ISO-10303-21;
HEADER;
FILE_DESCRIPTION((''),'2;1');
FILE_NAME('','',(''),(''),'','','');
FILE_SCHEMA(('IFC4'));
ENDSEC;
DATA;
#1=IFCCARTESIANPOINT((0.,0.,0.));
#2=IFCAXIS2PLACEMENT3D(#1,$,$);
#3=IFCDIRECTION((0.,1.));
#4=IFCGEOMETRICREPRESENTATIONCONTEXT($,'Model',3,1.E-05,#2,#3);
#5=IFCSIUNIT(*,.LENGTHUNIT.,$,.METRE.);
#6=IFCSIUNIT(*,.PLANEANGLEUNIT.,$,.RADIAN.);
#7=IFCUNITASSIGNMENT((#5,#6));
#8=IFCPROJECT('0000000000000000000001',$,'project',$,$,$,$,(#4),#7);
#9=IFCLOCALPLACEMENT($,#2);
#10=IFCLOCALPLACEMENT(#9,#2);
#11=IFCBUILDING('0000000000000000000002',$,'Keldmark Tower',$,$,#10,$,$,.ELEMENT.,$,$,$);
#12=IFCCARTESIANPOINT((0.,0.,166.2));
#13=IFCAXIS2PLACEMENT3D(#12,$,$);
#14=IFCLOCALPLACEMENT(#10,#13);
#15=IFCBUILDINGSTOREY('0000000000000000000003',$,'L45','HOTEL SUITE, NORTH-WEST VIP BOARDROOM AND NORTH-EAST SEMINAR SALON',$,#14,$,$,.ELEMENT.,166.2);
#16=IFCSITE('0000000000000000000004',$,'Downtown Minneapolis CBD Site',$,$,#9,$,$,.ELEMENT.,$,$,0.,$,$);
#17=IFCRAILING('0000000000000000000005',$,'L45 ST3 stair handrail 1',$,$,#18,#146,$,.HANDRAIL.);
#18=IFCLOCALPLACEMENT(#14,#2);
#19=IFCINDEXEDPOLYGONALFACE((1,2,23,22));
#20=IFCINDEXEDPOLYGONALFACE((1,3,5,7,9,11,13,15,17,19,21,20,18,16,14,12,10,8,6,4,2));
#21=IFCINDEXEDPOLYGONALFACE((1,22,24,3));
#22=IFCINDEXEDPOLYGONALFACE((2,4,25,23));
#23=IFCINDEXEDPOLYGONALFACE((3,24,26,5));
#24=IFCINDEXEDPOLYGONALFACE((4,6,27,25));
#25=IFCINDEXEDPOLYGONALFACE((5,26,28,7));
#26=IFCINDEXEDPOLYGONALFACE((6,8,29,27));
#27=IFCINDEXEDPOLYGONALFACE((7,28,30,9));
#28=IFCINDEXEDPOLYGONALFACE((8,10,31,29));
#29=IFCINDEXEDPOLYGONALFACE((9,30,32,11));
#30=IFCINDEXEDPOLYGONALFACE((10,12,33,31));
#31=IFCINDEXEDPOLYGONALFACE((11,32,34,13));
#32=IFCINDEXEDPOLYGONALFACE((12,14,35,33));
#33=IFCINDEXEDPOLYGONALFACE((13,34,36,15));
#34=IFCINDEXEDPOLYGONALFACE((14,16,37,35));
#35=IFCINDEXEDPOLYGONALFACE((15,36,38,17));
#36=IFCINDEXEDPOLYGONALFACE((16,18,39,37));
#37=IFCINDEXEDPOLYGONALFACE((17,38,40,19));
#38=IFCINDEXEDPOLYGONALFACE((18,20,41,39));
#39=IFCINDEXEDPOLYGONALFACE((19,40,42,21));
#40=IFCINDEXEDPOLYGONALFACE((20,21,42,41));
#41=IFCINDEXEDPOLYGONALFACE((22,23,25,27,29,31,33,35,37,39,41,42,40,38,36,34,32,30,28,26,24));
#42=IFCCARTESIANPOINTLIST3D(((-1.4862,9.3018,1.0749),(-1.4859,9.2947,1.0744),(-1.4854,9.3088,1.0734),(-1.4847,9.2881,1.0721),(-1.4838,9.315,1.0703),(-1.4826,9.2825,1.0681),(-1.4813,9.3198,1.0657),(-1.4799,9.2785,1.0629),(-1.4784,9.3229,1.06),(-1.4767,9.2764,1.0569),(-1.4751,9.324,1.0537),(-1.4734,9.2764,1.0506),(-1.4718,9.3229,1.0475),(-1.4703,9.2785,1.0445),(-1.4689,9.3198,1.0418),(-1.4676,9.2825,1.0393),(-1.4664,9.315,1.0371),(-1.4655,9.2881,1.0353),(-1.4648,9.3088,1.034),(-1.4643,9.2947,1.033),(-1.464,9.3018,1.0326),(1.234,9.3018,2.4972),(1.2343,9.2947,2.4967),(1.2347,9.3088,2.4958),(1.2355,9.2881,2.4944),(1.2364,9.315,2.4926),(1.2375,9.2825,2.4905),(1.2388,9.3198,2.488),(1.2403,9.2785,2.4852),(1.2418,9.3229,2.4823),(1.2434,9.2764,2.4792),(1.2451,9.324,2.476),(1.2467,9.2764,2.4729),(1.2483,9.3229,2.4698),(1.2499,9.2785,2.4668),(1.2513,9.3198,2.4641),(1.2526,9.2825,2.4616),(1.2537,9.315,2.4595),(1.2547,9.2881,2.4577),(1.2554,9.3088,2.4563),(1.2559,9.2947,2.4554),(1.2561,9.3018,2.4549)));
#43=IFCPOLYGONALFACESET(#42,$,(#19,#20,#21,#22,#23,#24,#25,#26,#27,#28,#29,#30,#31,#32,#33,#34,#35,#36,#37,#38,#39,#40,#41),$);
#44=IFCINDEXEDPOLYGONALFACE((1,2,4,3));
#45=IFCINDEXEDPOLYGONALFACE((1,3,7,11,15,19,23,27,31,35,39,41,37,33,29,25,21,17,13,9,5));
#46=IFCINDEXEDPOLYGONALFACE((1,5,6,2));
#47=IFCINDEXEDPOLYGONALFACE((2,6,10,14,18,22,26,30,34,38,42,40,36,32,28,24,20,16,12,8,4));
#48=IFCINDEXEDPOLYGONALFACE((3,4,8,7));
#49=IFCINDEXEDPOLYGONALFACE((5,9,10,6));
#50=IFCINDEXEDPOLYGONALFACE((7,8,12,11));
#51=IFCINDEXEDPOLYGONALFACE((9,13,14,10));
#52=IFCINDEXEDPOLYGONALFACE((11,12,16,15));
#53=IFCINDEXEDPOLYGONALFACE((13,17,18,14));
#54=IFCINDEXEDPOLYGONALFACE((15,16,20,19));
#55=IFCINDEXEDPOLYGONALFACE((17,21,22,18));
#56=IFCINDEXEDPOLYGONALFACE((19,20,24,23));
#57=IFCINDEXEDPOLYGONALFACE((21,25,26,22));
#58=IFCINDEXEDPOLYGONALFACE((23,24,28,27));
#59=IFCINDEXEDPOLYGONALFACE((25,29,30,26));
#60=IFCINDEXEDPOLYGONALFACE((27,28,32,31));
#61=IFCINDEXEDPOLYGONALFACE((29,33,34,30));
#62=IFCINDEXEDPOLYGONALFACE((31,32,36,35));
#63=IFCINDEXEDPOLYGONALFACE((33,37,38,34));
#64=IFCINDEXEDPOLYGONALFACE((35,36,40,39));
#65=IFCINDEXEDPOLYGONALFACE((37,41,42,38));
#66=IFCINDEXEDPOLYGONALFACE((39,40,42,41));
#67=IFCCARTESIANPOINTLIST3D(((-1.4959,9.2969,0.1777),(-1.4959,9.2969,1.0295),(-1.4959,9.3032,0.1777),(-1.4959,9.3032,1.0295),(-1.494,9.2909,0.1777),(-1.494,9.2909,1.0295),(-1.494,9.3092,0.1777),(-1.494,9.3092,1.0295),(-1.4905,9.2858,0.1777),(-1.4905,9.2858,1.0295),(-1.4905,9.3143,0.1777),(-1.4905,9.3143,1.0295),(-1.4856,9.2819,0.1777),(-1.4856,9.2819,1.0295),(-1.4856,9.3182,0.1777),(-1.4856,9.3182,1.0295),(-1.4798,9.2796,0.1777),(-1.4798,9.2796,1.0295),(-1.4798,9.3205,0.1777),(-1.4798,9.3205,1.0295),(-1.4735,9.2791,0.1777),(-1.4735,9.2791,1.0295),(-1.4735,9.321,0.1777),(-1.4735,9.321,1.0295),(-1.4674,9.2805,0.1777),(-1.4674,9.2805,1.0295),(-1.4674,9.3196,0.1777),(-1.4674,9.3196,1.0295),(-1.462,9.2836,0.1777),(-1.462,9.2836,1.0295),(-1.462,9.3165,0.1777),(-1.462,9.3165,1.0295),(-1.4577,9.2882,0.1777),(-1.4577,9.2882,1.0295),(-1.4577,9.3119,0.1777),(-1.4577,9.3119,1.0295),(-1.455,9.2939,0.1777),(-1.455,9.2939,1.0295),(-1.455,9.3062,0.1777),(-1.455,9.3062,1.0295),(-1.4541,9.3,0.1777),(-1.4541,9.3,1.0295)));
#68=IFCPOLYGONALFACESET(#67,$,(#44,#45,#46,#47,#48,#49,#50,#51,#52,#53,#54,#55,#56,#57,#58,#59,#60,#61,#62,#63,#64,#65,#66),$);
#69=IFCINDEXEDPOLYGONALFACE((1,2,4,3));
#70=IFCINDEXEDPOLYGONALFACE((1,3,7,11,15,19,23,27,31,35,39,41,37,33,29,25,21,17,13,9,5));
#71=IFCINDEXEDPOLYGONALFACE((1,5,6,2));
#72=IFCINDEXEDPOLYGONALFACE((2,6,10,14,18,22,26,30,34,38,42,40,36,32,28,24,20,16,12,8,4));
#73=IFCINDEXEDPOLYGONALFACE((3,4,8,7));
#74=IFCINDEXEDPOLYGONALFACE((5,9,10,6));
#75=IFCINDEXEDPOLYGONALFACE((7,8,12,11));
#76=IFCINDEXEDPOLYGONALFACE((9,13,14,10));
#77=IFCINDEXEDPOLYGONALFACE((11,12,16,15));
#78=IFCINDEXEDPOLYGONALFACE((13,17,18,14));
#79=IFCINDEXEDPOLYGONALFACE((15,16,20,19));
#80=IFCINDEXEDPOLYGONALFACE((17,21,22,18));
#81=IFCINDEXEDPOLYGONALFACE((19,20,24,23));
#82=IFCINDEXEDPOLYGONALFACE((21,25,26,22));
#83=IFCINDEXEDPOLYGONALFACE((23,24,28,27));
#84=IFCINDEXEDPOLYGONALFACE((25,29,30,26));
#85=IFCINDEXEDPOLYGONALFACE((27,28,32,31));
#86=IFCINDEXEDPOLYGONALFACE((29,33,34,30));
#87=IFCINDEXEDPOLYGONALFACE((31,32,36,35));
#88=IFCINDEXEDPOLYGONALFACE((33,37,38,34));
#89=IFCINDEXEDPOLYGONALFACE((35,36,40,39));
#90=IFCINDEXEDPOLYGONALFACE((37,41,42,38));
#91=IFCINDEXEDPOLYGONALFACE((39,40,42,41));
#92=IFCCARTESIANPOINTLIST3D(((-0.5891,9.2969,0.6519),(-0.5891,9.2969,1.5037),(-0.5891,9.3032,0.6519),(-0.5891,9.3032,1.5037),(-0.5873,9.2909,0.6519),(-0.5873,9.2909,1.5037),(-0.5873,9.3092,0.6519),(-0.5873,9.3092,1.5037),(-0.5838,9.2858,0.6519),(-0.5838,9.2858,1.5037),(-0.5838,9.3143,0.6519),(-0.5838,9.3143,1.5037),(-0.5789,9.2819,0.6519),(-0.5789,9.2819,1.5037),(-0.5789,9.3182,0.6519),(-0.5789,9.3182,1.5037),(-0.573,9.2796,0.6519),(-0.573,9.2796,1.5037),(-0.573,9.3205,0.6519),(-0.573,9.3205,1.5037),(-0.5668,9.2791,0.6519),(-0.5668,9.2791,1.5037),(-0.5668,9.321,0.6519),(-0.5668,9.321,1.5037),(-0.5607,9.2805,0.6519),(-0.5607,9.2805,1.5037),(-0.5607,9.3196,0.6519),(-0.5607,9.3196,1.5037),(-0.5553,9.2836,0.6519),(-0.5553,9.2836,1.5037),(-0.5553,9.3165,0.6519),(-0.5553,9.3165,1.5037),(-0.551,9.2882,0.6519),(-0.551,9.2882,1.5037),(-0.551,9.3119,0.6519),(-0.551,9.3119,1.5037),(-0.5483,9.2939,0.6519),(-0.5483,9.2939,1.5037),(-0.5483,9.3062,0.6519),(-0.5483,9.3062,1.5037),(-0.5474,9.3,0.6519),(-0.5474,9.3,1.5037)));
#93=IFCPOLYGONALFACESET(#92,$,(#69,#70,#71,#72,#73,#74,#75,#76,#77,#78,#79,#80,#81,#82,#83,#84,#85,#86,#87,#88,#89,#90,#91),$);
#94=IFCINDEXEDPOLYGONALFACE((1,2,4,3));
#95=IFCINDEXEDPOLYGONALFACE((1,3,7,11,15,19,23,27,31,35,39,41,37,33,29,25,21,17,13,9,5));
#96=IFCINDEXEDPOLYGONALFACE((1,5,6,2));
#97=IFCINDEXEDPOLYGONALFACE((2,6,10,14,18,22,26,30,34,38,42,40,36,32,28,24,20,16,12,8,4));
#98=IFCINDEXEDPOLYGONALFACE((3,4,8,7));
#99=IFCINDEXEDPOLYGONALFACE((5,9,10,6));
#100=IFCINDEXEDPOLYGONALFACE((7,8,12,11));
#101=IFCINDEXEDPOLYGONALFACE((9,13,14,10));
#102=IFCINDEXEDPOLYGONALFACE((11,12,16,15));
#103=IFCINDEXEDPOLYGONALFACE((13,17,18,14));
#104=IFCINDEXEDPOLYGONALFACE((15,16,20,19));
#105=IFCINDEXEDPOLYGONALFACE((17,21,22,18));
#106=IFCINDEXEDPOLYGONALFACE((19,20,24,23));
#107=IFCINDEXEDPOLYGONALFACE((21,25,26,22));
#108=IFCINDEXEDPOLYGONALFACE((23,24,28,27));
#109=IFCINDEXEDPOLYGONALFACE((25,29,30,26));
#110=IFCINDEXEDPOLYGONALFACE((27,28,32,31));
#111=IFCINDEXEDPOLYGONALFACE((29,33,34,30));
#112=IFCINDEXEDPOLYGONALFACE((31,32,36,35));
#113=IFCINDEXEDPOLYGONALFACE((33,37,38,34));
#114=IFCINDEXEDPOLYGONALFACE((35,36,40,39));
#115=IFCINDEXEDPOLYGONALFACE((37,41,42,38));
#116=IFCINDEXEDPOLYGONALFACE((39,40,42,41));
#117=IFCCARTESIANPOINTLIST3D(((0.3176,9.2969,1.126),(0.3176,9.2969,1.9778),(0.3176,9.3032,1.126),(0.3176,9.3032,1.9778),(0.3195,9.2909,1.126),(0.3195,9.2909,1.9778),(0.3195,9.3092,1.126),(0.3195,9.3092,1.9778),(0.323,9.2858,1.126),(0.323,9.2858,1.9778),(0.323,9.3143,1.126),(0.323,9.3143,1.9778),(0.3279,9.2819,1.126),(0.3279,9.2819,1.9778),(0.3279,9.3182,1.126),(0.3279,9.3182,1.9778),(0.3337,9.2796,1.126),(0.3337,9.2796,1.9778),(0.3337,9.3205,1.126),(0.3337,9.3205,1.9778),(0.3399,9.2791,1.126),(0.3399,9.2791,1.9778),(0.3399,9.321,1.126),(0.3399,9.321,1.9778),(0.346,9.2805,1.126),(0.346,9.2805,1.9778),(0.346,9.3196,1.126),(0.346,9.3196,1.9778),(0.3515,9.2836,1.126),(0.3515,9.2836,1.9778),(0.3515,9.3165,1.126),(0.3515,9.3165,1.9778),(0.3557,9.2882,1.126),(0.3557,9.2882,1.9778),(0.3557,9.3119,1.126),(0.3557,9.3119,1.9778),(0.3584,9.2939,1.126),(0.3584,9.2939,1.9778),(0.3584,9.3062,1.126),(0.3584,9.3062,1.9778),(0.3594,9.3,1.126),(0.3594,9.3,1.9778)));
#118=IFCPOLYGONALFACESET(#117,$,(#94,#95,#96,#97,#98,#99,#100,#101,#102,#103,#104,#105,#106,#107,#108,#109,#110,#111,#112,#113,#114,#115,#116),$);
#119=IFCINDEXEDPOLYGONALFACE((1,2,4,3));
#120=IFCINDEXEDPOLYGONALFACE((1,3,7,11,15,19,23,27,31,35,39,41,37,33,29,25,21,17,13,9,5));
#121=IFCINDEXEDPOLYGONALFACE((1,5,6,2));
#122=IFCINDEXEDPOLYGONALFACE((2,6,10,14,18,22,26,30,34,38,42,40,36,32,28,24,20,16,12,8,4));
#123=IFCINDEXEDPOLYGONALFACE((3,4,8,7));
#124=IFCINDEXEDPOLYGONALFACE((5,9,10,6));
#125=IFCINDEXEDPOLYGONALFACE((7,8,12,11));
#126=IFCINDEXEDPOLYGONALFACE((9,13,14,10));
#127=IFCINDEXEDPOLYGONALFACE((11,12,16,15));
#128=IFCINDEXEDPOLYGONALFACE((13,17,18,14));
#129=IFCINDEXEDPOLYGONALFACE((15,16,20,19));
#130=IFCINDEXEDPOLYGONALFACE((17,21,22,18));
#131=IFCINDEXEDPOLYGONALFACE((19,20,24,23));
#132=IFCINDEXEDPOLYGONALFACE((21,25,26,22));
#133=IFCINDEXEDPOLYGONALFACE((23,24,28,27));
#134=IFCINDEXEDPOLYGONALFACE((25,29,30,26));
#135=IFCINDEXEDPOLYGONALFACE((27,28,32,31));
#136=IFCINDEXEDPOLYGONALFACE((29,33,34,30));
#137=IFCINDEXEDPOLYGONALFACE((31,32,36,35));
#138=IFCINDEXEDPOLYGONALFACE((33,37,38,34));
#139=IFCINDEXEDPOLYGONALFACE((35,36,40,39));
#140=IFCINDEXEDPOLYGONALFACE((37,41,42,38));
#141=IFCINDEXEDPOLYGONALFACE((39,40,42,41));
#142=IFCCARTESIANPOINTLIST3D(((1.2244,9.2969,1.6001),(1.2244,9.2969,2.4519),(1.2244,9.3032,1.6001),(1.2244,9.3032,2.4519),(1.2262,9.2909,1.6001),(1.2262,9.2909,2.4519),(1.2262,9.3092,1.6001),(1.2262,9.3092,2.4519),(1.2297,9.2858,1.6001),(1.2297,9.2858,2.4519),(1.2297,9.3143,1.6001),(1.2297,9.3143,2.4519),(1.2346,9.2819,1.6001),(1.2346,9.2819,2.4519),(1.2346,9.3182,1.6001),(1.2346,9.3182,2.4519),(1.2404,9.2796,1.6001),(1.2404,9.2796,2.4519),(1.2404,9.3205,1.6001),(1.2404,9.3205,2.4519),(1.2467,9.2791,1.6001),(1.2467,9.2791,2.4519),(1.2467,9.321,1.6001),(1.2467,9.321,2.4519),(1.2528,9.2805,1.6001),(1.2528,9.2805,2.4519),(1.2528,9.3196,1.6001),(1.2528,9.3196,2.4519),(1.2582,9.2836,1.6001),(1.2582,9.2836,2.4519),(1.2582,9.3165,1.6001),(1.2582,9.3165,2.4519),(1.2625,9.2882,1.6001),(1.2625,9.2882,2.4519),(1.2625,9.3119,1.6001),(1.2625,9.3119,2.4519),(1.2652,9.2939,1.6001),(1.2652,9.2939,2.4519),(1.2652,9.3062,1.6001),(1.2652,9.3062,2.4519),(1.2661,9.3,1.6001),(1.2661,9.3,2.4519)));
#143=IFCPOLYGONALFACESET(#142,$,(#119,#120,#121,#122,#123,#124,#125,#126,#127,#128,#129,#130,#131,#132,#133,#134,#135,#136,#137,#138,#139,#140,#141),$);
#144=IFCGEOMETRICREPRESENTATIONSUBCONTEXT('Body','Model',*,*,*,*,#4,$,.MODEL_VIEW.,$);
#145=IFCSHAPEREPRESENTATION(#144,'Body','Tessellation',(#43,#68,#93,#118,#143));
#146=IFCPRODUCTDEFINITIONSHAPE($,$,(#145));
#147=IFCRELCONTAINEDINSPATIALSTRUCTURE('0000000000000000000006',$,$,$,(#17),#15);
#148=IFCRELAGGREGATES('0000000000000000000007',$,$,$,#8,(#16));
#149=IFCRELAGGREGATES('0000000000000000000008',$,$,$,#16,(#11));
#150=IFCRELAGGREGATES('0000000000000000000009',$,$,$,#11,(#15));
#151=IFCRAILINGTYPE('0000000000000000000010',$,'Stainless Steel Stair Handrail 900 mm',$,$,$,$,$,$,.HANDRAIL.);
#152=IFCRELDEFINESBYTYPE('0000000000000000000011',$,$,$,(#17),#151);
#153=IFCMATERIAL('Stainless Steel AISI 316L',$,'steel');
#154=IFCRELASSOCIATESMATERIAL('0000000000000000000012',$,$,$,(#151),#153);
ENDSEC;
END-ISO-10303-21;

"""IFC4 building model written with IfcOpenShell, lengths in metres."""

from ifc_helpers import new_model, si_unit, direction, frame, origin, origin_2d, place, context, subcontext, project, spatial, circle, extrude, material, type_object, element, save


model = new_model("IFC4")

# Units and contexts
model_context = context("Model", 3, precision=1e-05, world=origin(), true_north=direction((0.0, 1.0)))
body_context = subcontext(model_context, "Body", "Model", "MODEL_VIEW")
ifc_project = project(units=[si_unit("LENGTHUNIT", "METRE"), si_unit("PLANEANGLEUNIT", "RADIAN")], contexts=[model_context])

# Site, building, storey
site_placement = place(None, origin())
site = spatial("IfcSite", under=ifc_project, at=site_placement, Name="Downtown Minneapolis CBD Site", CompositionType="ELEMENT", RefElevation=0.0)
building_placement = place(site_placement, origin())
building = spatial("IfcBuilding", under=site, at=building_placement, Name="Keldmark Tower", CompositionType="ELEMENT")
storey_placement = place(building_placement, frame((0.0, 0.0, 166.2)))
storey = spatial("IfcBuildingStorey", under=building, at=storey_placement, Name="L45", Description="HOTEL SUITE, NORTH-WEST VIP BOARDROOM AND NORTH-EAST SEMINAR SALON", CompositionType="ELEMENT", Elevation=166.2)

# Railing
ifc_material_1 = material(Name="Stainless Steel AISI 316L", Category="steel")
railing_type = type_object("IfcRailingType", Name="Stainless Steel Stair Handrail 900 mm", PredefinedType="HANDRAIL", material=ifc_material_1)
railing_placement = place(storey_placement, frame((-1.4751, 9.3, 0.1777)))
element("IfcRailing", 1, at=railing_placement, inside=storey, type_object=railing_type, Name="L45 ST3 stair handrail 1", PredefinedType="HANDRAIL", context=body_context, shape_type="SweptSolid", body=[
    extrude(circle(Radius=0.0239, at=origin_2d()), frame((0.0, 0.0, 0.876), z_axis=(0.886168, 0.0, 0.463365), x_axis=(0.0, 1.0, 0.0)), (0.0, 0.0, 1.0), 3.0696),
    extrude(circle(Radius=0.021, at=origin_2d()), origin(), (0.0, 0.0, 1.0), 0.8518),
    extrude(circle(Radius=0.021, at=origin_2d()), frame((0.9067, 0.0, 0.4741)), (0.0, 0.0, 1.0), 0.8518),
    extrude(circle(Radius=0.021, at=origin_2d()), frame((1.8135, 0.0, 0.9482)), (0.0, 0.0, 1.0), 0.8518),
    extrude(circle(Radius=0.021, at=origin_2d()), frame((2.7202, 0.0, 1.4224)), (0.0, 0.0, 1.0), 0.8518),
])

save(model, "model.ifc")
